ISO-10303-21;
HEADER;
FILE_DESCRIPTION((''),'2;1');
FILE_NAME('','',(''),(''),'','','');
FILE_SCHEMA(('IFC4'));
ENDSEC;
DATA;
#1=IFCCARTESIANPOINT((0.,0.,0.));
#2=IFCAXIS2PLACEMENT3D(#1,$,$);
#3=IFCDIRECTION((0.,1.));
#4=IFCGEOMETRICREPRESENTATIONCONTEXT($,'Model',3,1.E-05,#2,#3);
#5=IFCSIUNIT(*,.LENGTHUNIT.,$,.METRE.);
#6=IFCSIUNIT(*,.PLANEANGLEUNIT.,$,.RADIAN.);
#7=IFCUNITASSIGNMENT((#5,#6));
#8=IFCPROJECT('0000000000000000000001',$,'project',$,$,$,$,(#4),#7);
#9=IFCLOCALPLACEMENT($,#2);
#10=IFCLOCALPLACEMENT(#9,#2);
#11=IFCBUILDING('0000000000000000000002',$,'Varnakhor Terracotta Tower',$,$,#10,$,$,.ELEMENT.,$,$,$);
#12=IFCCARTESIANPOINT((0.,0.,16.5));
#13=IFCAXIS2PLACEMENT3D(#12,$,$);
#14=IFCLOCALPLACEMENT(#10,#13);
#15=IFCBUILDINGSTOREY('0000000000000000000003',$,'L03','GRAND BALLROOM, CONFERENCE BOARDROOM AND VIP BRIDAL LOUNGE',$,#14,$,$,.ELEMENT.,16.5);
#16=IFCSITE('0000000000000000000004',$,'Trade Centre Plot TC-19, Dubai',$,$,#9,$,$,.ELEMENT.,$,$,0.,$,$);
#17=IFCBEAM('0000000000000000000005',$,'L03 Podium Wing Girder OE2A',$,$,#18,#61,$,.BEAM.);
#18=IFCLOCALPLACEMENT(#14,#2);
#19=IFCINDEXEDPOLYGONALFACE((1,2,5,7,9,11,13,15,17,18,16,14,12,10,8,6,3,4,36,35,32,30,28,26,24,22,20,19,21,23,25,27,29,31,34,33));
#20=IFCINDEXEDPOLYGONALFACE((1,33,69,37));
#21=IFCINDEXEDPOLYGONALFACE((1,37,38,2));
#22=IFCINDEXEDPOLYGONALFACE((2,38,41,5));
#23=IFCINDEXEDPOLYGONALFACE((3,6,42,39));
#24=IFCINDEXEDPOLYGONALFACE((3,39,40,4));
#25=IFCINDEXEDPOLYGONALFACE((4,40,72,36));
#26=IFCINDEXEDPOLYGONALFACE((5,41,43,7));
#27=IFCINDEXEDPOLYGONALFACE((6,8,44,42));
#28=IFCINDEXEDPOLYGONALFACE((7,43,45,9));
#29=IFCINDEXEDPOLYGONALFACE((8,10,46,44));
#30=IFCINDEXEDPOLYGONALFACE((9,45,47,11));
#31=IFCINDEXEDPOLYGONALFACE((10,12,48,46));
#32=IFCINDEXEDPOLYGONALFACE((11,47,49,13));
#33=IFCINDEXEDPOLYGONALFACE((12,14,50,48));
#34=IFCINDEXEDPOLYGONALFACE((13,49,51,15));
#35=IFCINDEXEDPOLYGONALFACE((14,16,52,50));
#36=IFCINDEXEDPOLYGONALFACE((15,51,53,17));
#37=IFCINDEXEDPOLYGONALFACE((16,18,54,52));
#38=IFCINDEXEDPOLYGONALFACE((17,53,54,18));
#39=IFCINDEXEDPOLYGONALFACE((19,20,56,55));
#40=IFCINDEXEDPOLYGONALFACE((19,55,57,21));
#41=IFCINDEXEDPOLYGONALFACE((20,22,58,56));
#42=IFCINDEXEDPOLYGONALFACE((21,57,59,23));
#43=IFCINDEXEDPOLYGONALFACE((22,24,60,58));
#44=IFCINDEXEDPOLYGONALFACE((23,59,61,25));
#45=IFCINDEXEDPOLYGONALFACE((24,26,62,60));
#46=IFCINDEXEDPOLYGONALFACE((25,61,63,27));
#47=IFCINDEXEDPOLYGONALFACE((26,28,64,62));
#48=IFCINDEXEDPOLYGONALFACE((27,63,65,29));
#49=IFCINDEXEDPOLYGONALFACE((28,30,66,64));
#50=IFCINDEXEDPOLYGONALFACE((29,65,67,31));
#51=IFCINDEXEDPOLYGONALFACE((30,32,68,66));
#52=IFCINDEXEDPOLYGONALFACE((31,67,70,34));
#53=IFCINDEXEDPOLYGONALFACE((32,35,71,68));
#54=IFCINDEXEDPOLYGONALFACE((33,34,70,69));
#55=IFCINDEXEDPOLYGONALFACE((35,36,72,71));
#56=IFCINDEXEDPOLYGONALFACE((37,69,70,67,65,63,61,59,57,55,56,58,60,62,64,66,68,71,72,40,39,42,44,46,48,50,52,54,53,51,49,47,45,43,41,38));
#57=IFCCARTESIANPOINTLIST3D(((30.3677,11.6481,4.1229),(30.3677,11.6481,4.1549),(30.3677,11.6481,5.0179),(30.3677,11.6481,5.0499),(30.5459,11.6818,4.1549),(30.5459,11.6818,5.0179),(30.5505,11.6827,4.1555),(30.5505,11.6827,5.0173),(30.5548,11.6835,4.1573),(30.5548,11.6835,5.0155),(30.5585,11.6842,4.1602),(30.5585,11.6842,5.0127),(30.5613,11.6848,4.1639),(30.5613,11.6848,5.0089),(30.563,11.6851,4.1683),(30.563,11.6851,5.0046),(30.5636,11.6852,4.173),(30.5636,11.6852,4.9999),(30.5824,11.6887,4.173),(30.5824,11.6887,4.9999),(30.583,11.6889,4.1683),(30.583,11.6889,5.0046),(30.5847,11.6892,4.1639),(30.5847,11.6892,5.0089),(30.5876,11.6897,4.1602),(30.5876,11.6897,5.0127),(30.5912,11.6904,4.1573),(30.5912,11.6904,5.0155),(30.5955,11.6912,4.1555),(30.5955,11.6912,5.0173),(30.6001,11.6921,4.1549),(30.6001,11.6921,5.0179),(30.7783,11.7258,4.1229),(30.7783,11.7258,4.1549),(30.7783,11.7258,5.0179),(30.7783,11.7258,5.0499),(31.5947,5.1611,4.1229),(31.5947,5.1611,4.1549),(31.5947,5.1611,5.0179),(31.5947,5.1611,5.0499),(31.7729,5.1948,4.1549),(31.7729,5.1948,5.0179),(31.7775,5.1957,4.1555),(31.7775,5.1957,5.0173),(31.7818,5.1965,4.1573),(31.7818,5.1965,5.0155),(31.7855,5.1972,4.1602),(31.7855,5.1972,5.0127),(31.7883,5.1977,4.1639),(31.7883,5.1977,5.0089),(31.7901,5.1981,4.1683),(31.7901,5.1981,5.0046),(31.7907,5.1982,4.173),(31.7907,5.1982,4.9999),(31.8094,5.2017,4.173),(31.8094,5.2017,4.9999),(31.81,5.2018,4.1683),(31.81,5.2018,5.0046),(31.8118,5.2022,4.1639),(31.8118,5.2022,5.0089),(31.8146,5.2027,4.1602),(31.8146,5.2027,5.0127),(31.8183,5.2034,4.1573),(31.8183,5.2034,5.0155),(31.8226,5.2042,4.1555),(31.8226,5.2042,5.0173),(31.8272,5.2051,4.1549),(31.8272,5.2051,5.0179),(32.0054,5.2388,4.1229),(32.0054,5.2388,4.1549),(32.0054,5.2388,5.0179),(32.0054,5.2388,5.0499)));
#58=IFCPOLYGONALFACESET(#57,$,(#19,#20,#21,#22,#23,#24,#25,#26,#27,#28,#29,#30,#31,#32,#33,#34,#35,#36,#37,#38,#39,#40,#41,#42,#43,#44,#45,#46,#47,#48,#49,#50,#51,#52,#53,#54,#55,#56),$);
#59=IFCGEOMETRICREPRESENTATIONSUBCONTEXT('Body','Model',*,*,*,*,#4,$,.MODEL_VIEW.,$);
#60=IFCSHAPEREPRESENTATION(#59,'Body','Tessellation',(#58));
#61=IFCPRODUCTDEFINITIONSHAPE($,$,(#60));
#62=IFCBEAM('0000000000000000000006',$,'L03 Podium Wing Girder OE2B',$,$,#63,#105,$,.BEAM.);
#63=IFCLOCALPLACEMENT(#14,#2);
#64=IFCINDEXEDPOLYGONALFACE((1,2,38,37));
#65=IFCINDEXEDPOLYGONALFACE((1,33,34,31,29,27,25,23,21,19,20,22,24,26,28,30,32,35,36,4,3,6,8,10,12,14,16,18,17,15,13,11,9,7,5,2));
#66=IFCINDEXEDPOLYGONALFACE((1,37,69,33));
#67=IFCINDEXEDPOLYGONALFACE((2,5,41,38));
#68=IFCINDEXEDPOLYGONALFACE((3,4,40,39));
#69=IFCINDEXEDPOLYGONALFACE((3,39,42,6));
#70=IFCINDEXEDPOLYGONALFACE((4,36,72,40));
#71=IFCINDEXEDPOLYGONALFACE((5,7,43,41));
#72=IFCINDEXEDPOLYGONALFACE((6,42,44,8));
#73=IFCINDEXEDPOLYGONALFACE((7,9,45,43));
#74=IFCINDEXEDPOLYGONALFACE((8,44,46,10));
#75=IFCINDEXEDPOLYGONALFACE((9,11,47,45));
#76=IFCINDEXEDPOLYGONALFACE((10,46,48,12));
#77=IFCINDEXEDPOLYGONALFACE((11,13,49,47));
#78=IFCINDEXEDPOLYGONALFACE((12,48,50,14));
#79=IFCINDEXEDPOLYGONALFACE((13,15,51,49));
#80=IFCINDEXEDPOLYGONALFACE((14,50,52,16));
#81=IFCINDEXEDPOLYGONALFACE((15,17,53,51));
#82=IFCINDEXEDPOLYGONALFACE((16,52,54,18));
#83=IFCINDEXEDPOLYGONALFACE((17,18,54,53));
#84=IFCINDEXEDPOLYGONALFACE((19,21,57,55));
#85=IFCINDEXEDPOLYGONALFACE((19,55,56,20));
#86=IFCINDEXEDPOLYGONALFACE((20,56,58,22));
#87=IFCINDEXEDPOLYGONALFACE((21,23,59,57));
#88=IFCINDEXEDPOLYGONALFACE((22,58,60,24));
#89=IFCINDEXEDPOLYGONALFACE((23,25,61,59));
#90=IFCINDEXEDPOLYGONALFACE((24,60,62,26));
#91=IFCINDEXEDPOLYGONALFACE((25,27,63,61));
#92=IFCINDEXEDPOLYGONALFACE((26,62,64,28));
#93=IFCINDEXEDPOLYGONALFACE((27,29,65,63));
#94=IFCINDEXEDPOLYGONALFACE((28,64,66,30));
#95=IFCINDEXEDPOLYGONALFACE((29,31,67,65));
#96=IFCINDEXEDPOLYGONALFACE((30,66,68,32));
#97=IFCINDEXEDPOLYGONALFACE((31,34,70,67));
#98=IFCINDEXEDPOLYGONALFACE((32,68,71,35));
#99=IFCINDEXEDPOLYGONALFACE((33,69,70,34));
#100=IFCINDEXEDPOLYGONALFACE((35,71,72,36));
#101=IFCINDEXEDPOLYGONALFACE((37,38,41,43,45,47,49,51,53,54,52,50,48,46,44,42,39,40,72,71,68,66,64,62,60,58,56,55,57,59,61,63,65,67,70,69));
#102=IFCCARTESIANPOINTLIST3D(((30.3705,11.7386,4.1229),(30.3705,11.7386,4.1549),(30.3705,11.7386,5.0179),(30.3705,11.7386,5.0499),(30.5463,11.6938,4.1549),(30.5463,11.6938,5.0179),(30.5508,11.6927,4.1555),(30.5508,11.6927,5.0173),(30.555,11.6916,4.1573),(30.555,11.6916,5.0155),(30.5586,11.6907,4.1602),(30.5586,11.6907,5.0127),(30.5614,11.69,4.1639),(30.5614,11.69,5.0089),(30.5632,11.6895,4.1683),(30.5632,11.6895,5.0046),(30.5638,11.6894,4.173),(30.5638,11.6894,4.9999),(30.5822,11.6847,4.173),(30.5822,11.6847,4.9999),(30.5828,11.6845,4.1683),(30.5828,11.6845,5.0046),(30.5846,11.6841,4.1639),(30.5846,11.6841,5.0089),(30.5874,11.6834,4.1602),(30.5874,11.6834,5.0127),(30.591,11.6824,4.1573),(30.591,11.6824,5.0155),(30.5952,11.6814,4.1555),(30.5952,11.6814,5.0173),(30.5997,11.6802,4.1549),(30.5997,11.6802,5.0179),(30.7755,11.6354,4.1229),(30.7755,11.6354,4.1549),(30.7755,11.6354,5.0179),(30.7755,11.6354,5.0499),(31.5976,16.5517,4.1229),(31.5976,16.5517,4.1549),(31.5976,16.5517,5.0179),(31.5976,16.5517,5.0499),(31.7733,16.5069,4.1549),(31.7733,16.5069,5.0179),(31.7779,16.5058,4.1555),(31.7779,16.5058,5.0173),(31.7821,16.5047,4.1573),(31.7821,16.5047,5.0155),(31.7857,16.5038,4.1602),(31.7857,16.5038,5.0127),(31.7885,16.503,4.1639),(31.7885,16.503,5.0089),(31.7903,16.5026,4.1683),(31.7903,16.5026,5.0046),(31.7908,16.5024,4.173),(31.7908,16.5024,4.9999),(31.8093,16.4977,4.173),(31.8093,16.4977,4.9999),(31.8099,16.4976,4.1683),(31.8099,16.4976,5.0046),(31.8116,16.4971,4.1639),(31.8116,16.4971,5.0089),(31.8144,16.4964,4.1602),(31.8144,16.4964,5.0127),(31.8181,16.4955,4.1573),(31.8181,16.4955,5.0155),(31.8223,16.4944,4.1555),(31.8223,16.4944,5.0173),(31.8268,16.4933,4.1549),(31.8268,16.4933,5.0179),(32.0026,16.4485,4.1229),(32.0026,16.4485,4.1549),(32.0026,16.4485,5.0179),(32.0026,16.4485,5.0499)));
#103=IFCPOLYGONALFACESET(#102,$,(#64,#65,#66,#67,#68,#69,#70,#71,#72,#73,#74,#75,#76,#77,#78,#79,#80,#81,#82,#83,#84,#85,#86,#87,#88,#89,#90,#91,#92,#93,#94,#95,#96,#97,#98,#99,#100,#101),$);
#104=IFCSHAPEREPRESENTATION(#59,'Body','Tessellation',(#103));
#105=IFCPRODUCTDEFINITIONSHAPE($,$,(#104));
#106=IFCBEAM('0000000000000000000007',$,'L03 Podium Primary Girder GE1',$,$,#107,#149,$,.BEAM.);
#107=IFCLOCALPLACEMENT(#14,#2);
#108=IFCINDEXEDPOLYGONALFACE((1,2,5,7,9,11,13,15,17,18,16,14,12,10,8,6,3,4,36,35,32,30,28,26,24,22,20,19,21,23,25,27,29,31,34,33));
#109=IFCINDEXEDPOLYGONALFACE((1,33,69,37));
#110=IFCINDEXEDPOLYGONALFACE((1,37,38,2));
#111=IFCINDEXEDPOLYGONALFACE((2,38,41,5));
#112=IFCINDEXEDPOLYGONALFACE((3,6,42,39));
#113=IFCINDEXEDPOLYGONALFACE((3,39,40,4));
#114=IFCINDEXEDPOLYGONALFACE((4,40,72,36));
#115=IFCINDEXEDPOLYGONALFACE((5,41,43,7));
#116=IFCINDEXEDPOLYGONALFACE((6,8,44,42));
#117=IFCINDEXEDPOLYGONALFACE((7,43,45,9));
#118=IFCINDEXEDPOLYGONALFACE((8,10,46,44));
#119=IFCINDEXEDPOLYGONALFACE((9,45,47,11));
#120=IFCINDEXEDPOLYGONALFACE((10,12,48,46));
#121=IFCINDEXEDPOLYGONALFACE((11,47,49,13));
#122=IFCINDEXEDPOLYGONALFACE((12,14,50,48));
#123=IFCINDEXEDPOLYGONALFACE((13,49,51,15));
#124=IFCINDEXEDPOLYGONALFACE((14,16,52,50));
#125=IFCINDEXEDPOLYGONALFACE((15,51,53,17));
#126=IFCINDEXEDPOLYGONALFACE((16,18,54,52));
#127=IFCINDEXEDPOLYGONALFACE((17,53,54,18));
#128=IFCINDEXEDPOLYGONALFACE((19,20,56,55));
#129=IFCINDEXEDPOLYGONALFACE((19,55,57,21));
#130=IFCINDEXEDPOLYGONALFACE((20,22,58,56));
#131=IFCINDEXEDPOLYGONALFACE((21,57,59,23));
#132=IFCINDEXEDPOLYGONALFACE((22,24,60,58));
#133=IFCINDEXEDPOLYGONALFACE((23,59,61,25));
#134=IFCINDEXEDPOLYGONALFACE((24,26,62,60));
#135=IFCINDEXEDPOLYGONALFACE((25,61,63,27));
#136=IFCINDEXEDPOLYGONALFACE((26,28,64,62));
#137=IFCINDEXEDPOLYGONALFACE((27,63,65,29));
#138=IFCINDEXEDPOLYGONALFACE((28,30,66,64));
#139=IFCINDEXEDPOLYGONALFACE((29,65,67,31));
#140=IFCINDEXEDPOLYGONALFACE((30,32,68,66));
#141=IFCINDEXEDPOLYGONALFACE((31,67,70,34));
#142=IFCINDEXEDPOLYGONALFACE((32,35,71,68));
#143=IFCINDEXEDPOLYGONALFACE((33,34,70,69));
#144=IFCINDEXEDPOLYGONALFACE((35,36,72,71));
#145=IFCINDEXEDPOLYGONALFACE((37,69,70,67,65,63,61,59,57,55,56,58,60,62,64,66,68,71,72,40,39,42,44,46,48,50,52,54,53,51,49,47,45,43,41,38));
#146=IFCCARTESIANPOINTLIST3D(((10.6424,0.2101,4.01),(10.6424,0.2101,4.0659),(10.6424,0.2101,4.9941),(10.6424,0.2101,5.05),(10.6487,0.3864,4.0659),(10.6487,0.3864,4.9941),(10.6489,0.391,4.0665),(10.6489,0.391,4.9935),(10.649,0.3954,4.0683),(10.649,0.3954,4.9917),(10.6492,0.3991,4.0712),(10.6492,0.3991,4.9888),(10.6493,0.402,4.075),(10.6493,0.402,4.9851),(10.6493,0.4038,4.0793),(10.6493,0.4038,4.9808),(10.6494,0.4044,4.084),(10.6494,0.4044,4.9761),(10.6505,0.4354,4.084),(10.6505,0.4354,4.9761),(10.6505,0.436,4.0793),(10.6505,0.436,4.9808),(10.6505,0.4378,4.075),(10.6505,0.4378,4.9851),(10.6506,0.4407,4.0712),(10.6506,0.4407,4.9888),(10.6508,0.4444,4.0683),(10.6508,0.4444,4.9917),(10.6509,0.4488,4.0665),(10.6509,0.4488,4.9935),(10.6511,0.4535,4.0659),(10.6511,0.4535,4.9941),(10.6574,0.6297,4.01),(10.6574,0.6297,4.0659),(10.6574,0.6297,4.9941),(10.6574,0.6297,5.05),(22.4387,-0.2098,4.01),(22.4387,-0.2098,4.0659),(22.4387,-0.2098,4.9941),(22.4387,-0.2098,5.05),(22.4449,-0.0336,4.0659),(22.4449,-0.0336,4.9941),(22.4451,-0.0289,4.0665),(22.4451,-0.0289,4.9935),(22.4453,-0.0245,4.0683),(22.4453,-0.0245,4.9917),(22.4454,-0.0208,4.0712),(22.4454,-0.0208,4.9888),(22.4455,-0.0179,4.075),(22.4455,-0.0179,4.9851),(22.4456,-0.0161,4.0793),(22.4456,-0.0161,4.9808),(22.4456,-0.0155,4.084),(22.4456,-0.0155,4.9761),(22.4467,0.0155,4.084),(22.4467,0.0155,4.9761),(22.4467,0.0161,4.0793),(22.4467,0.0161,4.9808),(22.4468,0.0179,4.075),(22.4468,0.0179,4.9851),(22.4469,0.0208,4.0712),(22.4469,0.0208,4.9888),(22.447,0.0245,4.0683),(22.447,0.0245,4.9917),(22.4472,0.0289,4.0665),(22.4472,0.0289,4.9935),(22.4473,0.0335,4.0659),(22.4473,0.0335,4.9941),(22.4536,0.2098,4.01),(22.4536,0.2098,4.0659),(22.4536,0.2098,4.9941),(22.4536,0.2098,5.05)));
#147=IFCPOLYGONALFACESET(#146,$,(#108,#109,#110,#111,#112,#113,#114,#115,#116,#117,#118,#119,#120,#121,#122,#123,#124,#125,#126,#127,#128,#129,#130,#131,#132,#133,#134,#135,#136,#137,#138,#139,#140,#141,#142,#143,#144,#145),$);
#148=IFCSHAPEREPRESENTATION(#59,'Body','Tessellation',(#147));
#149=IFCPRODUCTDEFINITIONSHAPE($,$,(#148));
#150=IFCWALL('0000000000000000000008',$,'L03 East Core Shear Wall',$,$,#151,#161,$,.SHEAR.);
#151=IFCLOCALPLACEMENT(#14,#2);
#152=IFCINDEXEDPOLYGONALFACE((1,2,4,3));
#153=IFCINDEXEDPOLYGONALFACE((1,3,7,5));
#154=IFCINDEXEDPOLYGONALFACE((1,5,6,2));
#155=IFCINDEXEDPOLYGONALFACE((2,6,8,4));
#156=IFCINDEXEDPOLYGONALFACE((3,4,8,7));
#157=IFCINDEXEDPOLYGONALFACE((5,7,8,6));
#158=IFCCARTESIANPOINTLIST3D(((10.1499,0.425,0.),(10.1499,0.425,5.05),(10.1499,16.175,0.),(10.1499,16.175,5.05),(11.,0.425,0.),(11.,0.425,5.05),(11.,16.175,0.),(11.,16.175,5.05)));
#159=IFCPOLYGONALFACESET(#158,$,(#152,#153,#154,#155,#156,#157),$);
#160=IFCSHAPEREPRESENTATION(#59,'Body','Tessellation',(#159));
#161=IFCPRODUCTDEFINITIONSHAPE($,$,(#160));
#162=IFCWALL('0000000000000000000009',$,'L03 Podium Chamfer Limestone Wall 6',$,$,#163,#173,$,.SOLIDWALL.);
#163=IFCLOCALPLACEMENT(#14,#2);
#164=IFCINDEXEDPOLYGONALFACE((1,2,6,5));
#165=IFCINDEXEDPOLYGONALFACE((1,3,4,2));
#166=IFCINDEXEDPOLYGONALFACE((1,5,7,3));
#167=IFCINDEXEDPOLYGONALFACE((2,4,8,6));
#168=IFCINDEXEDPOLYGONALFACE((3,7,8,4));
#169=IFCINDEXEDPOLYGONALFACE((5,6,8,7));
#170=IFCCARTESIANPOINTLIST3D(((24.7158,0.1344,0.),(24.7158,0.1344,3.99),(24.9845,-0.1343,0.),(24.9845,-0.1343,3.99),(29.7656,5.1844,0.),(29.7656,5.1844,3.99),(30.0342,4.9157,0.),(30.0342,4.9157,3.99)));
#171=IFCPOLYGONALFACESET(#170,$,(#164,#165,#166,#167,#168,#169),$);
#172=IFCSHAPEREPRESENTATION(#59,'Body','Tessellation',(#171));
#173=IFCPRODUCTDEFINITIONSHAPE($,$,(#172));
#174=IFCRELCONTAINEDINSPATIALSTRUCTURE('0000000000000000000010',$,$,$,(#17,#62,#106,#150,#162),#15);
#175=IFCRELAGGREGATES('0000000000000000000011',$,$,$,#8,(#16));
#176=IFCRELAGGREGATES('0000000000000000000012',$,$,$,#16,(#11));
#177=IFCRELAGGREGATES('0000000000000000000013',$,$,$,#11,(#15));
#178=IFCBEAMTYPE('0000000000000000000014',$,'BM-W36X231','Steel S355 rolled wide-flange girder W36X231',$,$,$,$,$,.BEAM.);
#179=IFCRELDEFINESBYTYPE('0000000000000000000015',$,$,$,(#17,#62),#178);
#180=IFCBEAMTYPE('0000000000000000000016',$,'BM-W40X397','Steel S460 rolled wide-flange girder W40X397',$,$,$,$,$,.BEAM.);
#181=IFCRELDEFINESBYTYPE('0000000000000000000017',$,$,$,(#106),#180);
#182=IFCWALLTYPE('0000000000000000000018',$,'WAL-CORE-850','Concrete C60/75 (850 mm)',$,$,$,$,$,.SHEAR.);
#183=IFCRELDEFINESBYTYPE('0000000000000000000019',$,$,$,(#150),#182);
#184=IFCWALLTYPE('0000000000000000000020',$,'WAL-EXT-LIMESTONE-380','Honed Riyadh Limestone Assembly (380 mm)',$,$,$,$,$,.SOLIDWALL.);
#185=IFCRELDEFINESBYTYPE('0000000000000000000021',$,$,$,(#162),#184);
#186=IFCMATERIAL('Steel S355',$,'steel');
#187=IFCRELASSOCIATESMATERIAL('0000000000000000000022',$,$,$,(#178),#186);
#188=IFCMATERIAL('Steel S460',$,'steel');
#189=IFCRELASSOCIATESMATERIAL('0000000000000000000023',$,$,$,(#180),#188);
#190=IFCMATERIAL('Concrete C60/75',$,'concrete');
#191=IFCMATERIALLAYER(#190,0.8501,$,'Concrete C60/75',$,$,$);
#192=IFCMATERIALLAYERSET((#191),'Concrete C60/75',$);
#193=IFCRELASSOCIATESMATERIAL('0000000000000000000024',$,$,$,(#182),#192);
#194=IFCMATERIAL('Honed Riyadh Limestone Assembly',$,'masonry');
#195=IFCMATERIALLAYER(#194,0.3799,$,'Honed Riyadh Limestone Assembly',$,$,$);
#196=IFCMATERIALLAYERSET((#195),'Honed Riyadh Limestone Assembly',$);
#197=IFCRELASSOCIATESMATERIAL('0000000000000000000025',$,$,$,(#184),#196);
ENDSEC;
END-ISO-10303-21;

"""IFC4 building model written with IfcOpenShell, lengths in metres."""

from ifc_helpers import new_model, si_unit, direction, frame, frame_2d, origin, origin_2d, place, context, subcontext, project, spatial, rectangle, i_section, extrude, source, transform, mapped, material, layer, layer_set, material_profile, profile_set, type_object, type_shapes, element, save


model = new_model("IFC4")

# Units and contexts
model_context = context("Model", 3, precision=1e-05, world=origin(), true_north=direction((0.0, 1.0)))
body_context = subcontext(model_context, "Body", "Model", "MODEL_VIEW")
ifc_project = project(units=[si_unit("LENGTHUNIT", "METRE"), si_unit("PLANEANGLEUNIT", "RADIAN")], contexts=[model_context])

# Site, building, storey
site_placement = place(None, origin())
site = spatial("IfcSite", under=ifc_project, at=site_placement, Name="Trade Centre Plot TC-19, Dubai", CompositionType="ELEMENT", RefElevation=0.0)
building_placement = place(site_placement, origin())
building = spatial("IfcBuilding", under=site, at=building_placement, Name="Varnakhor Terracotta Tower", CompositionType="ELEMENT")
storey_placement = place(building_placement, frame((0.0, 0.0, 16.5)))
storey = spatial("IfcBuildingStorey", under=building, at=storey_placement, Name="L03", Description="GRAND BALLROOM, CONFERENCE BOARDROOM AND VIP BRIDAL LOUNGE", CompositionType="ELEMENT", Elevation=16.5)

# Shared definitions
ifc_material_1 = material(Name="Steel S460", Category="steel")
ifc_material_2 = material(Name="Concrete C60/75", Category="concrete")

# Beams
ifc_material_3 = material(Name="Steel S355", Category="steel")
ifc_material_profile_1 = material_profile(ifc_material_3, i_section(OverallWidth=0.418, OverallDepth=0.927, WebThickness=0.019, FlangeThickness=0.032, FilletRadius=0.0181, at=origin_2d()), Name="W36X231")
ifc_profile_set_1 = profile_set([ifc_material_profile_1], Name="Steel S355")
beam_type_1 = type_object("IfcBeamType", Name="BM-W36X231", Description="Steel S355 rolled wide-flange girder W36X231", PredefinedType="BEAM", material=ifc_profile_set_1)
shared_shape_1 = source(origin(), body_context, "Body", "SweptSolid", [
    extrude(i_section(OverallWidth=0.418, OverallDepth=0.927, WebThickness=0.019, FlangeThickness=0.032, FilletRadius=0.0181, at=origin_2d()), origin(), (0.0, 0.0, 1.0), 6.6021),
])
beam_1_placement = place(storey_placement, frame((31.8, 5.2, 4.5864), z_axis=(-0.185858, 0.982577, 0.0), x_axis=(-0.982577, -0.185858, 0.0)))
element("IfcBeam", 1, at=beam_1_placement, inside=storey, type_object=beam_type_1, Name="L03 Podium Wing Girder OE2A", PredefinedType="BEAM", context=body_context, shape_type="MappedRepresentation", body=[
    mapped(shared_shape_1, transform((0.0, 0.0, 0.0), scale=1.0)),
])
shared_shape_2 = source(origin(), body_context, "Body", "SweptSolid", [
    extrude(i_section(OverallWidth=0.418, OverallDepth=0.927, WebThickness=0.019, FlangeThickness=0.032, FilletRadius=0.0181, at=origin_2d()), origin(), (0.0, 0.0, 1.0), 4.967),
])
beam_2_placement = place(storey_placement, frame((30.573, 11.687, 4.5864), z_axis=(0.247044, 0.969004, 0.0), x_axis=(-0.969004, 0.247044, 0.0)))
element("IfcBeam", 2, at=beam_2_placement, inside=storey, type_object=beam_type_1, Name="L03 Podium Wing Girder OE2B", PredefinedType="BEAM", context=body_context, shape_type="MappedRepresentation", body=[
    mapped(shared_shape_2, transform((0.0, 0.0, 0.0), scale=1.0)),
])
ifc_material_profile_2 = material_profile(ifc_material_1, i_section(OverallWidth=0.4199, OverallDepth=1.04, WebThickness=0.031, FlangeThickness=0.0559, FilletRadius=0.0181, at=origin_2d()), Name="W40X397")
ifc_profile_set_2 = profile_set([ifc_material_profile_2], Name="Steel S460")
beam_type_2 = type_object("IfcBeamType", Name="BM-W40X397", Description="Steel S460 rolled wide-flange girder W40X397", PredefinedType="BEAM", material=ifc_profile_set_2)
shared_shape_3 = source(origin(), body_context, "Body", "SweptSolid", [
    extrude(i_section(OverallWidth=0.4199, OverallDepth=1.04, WebThickness=0.031, FlangeThickness=0.0559, FilletRadius=0.0181, at=origin_2d()), origin(), (0.0, 0.0, 1.0), 11.8037),
])
type_shapes(beam_type_2, [shared_shape_3])
beam_3_placement = place(storey_placement, frame((10.6499, 0.4199, 4.53), z_axis=(0.999367, -0.035576, 0.0), x_axis=(0.035576, 0.999367, 0.0)))
element("IfcBeam", 3, at=beam_3_placement, inside=storey, type_object=beam_type_2, Name="L03 Podium Primary Girder GE1", PredefinedType="BEAM", context=body_context, shape_type="MappedRepresentation", body=[
    mapped(shared_shape_3, transform((0.0, 0.0, 0.0), scale=1.0)),
])

# Walls
ifc_layer_1 = layer(ifc_material_2, 0.8501, Name="Concrete C60/75")
ifc_layer_set_1 = layer_set([ifc_layer_1], Name="Concrete C60/75")
wall_type_1 = type_object("IfcWallType", Name="WAL-CORE-850", Description="Concrete C60/75 (850 mm)", PredefinedType="SHEAR", material=ifc_layer_set_1)
wall_1_placement = place(storey_placement, frame((10.575, 0.425, 0.0), z_axis=(0.0, 0.0, 1.0), x_axis=(0.0, 1.0, 0.0)))
element("IfcWall", 4, at=wall_1_placement, inside=storey, type_object=wall_type_1, Name="L03 East Core Shear Wall", PredefinedType="SHEAR", context=body_context, shape_type="SweptSolid", body=[
    extrude(rectangle(XDim=15.75, YDim=0.8501, at=frame_2d((7.875, 0.0))), origin(), (0.0, 0.0, 1.0), 5.05),
])
ifc_material_4 = material(Name="Honed Riyadh Limestone Assembly", Category="masonry")
ifc_layer_2 = layer(ifc_material_4, 0.3799, Name="Honed Riyadh Limestone Assembly")
ifc_layer_set_2 = layer_set([ifc_layer_2], Name="Honed Riyadh Limestone Assembly")
wall_type_2 = type_object("IfcWallType", Name="WAL-EXT-LIMESTONE-380", Description="Honed Riyadh Limestone Assembly (380 mm)", PredefinedType="SOLIDWALL", material=ifc_layer_set_2)
wall_2_placement = place(storey_placement, frame((29.8999, 5.05, 0.0), z_axis=(0.0, 0.0, 1.0), x_axis=(-0.70709, -0.707124, 0.0)))
element("IfcWall", 5, at=wall_2_placement, inside=storey, type_object=wall_type_2, Name="L03 Podium Chamfer Limestone Wall 6", PredefinedType="SOLIDWALL", context=body_context, shape_type="SweptSolid", body=[
    extrude(rectangle(XDim=7.1416, YDim=0.3799, at=frame_2d((3.5708, 0.0))), origin(), (0.0, 0.0, 1.0), 3.99),
])

save(model, "model.ifc")
